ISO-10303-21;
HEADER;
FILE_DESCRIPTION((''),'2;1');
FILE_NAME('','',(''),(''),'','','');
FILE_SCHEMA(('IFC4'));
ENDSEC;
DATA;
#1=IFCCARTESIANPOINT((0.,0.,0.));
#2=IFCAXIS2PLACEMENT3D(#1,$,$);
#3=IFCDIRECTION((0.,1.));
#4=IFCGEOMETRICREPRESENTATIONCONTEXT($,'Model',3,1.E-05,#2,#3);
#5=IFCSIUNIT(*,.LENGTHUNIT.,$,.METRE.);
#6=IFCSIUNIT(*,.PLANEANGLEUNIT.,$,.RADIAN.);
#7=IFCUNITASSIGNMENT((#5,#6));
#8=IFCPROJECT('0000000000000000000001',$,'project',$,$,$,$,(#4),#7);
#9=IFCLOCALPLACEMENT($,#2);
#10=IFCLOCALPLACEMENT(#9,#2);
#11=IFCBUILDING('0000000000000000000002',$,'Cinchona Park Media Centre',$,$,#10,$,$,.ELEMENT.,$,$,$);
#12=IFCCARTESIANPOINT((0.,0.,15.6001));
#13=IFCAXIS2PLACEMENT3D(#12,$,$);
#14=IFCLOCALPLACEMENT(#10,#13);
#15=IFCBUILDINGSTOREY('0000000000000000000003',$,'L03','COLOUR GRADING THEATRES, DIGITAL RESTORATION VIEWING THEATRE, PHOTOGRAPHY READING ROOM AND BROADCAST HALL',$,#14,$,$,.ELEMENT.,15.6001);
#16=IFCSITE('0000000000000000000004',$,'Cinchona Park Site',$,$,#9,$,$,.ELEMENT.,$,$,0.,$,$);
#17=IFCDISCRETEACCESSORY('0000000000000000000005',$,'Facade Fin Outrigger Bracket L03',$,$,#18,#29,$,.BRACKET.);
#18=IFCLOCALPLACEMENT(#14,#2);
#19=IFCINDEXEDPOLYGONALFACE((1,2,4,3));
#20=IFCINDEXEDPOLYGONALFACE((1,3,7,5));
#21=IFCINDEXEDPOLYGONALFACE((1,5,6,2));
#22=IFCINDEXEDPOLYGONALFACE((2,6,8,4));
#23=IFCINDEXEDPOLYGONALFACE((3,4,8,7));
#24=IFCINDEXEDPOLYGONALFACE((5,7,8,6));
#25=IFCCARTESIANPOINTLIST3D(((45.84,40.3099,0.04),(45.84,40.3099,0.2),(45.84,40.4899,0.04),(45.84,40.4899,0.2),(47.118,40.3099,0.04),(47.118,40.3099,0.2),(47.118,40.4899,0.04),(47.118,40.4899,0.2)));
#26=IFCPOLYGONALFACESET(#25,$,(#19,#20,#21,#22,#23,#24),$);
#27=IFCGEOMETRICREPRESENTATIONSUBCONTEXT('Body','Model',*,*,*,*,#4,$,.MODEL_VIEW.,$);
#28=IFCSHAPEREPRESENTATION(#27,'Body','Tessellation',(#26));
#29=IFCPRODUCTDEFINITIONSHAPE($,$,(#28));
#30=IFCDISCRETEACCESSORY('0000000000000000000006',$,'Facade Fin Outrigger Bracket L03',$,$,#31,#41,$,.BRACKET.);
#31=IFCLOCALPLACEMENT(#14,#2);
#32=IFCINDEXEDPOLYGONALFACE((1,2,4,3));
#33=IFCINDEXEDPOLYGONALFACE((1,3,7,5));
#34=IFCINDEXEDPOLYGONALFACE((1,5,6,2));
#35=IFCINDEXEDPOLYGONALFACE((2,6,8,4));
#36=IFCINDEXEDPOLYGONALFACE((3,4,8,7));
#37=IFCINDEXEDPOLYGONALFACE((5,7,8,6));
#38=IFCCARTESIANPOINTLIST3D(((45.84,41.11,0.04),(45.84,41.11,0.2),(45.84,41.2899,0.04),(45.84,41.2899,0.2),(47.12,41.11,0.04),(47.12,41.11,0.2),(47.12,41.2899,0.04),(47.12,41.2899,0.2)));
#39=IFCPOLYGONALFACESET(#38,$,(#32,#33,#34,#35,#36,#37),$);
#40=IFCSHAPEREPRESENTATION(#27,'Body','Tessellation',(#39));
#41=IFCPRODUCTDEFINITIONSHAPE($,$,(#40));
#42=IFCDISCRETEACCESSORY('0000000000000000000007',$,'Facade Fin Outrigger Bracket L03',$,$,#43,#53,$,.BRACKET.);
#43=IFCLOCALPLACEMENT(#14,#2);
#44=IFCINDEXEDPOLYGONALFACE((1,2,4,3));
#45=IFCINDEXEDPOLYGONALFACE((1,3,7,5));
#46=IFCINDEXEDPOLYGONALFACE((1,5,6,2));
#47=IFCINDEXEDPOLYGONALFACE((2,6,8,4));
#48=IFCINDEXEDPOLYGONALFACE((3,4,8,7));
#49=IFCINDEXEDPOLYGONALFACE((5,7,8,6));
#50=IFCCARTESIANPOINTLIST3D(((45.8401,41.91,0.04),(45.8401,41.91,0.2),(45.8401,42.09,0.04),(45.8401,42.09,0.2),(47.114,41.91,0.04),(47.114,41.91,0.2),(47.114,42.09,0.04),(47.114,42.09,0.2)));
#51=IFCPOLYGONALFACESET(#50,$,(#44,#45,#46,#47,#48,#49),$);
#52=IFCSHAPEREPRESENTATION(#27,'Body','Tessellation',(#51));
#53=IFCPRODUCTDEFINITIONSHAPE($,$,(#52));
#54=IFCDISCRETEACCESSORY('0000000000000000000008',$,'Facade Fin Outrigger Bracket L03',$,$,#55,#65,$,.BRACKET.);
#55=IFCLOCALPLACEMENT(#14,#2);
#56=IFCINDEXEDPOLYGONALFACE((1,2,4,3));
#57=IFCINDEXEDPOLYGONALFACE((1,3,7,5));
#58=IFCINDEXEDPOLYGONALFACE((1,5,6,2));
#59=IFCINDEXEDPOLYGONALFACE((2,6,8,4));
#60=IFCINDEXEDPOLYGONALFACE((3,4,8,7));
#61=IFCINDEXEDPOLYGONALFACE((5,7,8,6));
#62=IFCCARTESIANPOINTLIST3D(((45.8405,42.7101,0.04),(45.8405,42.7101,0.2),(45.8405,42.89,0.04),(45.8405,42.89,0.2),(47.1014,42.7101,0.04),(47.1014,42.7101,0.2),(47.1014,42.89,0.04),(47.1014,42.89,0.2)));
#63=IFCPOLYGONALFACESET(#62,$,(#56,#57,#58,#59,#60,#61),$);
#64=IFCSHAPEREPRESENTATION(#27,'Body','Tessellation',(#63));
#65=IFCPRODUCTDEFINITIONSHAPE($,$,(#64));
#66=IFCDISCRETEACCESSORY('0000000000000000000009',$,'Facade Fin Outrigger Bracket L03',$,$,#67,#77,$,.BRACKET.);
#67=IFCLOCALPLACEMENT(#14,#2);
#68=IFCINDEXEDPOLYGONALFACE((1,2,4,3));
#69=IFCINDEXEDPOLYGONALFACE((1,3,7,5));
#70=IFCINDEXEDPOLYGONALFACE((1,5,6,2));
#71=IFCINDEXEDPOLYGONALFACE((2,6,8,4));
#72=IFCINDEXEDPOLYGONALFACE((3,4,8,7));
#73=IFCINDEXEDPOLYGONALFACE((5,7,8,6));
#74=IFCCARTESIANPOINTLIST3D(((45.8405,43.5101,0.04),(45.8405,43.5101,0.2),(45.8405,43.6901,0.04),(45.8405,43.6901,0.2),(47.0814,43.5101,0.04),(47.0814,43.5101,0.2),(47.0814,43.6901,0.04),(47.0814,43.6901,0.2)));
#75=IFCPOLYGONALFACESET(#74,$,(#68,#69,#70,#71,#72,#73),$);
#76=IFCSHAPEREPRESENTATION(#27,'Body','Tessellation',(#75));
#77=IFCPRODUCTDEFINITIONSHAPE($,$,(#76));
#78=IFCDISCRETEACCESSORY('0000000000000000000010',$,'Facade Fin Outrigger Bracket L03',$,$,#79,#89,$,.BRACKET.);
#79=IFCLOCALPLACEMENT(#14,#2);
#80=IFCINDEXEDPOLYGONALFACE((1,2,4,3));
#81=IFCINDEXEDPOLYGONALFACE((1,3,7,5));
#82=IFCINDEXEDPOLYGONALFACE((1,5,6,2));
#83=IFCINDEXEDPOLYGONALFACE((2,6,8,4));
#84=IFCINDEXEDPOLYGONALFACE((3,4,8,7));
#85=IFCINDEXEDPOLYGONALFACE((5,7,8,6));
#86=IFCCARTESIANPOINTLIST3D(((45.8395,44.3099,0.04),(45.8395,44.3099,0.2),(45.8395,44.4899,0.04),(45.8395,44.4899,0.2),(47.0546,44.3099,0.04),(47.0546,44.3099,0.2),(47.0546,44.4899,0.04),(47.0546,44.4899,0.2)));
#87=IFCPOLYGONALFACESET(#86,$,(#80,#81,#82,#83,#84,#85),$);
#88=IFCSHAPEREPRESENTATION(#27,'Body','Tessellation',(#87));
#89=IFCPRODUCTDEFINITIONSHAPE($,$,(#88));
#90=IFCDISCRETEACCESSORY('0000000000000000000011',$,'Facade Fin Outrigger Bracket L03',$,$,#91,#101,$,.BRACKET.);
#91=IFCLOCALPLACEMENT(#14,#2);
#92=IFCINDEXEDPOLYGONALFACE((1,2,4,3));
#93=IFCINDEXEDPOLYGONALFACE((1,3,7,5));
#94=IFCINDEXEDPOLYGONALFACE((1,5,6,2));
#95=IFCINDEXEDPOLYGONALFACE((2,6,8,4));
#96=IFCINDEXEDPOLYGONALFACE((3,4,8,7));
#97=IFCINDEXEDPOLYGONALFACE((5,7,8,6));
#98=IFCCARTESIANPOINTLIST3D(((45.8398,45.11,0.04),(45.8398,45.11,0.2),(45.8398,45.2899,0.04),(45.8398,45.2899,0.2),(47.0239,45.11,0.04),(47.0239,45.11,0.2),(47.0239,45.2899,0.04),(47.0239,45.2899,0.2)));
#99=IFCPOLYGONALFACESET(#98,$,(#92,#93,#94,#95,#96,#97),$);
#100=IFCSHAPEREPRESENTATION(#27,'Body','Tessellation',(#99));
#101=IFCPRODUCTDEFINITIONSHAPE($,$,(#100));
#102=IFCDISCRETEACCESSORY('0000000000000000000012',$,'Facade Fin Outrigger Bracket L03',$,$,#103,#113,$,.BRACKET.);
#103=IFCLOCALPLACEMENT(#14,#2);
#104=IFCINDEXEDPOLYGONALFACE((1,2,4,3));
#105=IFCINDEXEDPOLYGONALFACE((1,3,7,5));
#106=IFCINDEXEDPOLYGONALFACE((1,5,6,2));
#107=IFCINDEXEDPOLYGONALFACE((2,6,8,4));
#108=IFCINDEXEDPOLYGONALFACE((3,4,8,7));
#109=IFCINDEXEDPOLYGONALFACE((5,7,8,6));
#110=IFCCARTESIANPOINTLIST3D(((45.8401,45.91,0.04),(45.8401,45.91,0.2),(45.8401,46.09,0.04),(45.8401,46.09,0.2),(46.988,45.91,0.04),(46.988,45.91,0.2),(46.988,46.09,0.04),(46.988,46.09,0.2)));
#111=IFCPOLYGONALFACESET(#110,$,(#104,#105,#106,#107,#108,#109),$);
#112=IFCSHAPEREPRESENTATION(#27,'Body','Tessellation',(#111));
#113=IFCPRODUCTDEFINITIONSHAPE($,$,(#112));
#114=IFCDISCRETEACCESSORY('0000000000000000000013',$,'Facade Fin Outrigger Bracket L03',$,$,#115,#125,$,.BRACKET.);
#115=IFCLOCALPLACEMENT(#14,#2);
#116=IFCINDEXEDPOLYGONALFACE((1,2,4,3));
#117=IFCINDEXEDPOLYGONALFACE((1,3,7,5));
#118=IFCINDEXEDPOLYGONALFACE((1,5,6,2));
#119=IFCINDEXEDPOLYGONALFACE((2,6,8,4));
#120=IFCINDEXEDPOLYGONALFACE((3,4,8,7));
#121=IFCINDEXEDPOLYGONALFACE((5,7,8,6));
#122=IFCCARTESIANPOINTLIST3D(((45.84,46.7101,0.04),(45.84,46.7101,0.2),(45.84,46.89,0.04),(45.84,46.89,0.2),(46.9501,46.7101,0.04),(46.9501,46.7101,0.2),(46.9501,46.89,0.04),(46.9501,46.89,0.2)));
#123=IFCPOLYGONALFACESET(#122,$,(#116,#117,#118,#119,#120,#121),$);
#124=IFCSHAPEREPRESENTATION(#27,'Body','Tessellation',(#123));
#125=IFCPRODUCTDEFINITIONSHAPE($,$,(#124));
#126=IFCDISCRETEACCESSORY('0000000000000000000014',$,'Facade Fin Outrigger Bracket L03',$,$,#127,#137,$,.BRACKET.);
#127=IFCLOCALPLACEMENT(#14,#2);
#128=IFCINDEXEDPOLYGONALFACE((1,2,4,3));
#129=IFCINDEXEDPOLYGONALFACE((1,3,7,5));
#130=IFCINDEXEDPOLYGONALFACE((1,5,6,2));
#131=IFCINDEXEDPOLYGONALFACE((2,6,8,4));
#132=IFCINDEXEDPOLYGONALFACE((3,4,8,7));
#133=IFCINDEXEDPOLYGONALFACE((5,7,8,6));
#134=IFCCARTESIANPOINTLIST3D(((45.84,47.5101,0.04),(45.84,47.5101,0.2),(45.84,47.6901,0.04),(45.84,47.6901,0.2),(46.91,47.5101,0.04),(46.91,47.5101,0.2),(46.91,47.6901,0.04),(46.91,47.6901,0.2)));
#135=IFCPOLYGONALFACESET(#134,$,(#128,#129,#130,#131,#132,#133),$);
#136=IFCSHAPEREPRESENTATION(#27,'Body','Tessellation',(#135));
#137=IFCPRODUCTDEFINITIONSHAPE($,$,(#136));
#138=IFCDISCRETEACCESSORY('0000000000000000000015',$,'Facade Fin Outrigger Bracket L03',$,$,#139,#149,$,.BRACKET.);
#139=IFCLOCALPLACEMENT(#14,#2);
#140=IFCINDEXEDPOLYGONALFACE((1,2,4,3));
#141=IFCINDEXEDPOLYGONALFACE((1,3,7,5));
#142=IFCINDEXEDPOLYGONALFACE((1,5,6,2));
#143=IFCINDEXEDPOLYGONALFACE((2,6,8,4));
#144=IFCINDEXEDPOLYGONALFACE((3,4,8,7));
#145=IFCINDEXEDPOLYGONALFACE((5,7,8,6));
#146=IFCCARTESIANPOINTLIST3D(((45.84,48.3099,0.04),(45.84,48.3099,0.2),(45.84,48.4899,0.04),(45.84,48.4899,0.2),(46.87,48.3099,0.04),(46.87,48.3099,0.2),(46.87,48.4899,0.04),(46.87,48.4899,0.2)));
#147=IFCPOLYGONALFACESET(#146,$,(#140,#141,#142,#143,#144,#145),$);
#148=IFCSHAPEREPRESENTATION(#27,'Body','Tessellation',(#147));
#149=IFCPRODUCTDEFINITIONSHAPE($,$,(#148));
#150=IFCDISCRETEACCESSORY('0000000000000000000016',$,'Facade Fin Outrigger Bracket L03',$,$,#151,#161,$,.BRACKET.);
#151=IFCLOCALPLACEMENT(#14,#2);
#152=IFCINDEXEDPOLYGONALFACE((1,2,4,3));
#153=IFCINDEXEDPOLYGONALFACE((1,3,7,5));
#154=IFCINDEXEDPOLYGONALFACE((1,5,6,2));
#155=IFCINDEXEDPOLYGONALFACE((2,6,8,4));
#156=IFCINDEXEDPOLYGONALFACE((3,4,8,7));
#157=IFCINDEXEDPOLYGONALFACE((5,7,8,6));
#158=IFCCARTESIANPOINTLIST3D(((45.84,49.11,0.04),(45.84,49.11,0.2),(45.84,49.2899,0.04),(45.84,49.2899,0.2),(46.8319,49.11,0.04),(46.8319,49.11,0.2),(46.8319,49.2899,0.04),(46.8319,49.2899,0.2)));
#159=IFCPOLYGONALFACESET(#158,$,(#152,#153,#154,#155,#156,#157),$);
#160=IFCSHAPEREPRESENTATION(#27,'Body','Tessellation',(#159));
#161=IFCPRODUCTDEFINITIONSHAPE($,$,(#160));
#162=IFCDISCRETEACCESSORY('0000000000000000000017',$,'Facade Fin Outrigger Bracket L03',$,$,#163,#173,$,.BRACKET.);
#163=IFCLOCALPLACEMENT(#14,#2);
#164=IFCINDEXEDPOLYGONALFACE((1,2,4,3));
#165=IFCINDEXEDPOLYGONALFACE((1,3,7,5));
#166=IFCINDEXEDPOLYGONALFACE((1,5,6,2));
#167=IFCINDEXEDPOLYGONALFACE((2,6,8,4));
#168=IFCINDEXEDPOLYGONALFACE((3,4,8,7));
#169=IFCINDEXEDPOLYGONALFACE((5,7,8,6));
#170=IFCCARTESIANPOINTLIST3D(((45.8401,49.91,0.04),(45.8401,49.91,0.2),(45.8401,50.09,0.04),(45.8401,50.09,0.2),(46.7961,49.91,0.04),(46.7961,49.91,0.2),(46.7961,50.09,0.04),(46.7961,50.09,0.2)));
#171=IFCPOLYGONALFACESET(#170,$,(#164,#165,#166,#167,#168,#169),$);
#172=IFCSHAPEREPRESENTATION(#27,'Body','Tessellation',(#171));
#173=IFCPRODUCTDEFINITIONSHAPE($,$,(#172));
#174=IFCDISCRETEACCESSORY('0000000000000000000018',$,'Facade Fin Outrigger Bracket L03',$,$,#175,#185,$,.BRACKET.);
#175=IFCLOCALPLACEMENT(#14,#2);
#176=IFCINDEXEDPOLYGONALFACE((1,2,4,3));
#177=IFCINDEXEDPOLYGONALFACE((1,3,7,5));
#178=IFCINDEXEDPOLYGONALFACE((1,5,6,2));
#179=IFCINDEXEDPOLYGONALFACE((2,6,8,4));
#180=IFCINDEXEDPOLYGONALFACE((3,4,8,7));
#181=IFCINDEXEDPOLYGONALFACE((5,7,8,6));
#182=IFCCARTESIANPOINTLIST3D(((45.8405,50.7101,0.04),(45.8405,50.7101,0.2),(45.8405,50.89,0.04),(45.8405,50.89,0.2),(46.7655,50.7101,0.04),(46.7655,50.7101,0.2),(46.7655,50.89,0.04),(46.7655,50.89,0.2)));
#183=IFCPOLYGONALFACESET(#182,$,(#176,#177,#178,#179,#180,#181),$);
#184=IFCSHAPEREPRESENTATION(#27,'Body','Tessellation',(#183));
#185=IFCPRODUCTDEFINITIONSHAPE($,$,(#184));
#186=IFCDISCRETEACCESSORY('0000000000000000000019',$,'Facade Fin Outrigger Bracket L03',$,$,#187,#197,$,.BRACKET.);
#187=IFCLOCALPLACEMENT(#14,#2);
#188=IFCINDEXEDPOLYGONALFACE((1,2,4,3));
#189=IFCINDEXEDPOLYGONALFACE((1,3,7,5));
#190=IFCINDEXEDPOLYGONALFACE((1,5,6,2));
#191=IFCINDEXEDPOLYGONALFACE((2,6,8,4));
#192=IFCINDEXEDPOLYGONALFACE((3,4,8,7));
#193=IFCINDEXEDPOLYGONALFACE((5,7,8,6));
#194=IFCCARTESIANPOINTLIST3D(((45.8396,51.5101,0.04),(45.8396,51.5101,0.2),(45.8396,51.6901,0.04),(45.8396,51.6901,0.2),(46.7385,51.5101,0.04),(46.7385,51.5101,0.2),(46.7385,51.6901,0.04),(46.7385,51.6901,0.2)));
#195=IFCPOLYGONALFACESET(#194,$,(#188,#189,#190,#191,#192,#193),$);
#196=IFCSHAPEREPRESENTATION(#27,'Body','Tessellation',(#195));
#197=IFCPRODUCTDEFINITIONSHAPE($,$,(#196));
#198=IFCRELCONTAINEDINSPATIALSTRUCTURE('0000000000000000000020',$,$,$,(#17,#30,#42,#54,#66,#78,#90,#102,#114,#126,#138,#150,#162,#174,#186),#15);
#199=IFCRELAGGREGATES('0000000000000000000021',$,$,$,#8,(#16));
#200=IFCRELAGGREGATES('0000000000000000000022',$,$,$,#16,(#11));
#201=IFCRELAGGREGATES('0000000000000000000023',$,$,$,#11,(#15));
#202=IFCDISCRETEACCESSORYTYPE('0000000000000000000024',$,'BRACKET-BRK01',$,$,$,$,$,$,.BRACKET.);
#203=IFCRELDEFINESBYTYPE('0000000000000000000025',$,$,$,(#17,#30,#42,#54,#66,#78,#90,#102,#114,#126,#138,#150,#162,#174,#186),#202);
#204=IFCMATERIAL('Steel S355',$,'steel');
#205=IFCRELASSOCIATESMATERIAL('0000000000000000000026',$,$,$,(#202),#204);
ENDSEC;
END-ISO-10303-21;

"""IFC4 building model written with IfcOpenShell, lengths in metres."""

from ifc_helpers import new_model, si_unit, direction, frame, origin, origin_2d, place, context, subcontext, project, spatial, rectangle, extrude, material, type_object, element, save


model = new_model("IFC4")

# Units and contexts
model_context = context("Model", 3, precision=1e-05, world=origin(), true_north=direction((0.0, 1.0)))
body_context = subcontext(model_context, "Body", "Model", "MODEL_VIEW")
ifc_project = project(units=[si_unit("LENGTHUNIT", "METRE"), si_unit("PLANEANGLEUNIT", "RADIAN")], contexts=[model_context])

# Site, building, storey
site_placement = place(None, origin())
site = spatial("IfcSite", under=ifc_project, at=site_placement, Name="Cinchona Park Site", CompositionType="ELEMENT", RefElevation=0.0)
building_placement = place(site_placement, origin())
building = spatial("IfcBuilding", under=site, at=building_placement, Name="Cinchona Park Media Centre", CompositionType="ELEMENT")
storey_placement = place(building_placement, frame((0.0, 0.0, 15.6001)))
storey = spatial("IfcBuildingStorey", under=building, at=storey_placement, Name="L03", Description="COLOUR GRADING THEATRES, DIGITAL RESTORATION VIEWING THEATRE, PHOTOGRAPHY READING ROOM AND BROADCAST HALL", CompositionType="ELEMENT", Elevation=15.6001)

# Discrete accessories
ifc_material_1 = material(Name="Steel S355", Category="steel")
discrete_accessory_type = type_object("IfcDiscreteAccessoryType", Name="BRACKET-BRK01", PredefinedType="BRACKET", material=ifc_material_1)
discrete_accessory_1_placement = place(storey_placement, frame((46.479, 40.3999, 0.04), z_axis=(0.0, 0.0, 1.0), x_axis=(0.0, 1.0, 0.0)))
element("IfcDiscreteAccessory", 1, at=discrete_accessory_1_placement, inside=storey, type_object=discrete_accessory_type, Name="Facade Fin Outrigger Bracket L03", PredefinedType="BRACKET", context=body_context, shape_type="SweptSolid", body=[
    extrude(rectangle(XDim=0.1799, YDim=1.2781, at=origin_2d()), origin(), (0.0, 0.0, 1.0), 0.1599),
])
discrete_accessory_2_placement = place(storey_placement, frame((46.48, 41.2, 0.04), z_axis=(0.0, 0.0, 1.0), x_axis=(0.0, 1.0, 0.0)))
element("IfcDiscreteAccessory", 2, at=discrete_accessory_2_placement, inside=storey, type_object=discrete_accessory_type, Name="Facade Fin Outrigger Bracket L03", PredefinedType="BRACKET", context=body_context, shape_type="SweptSolid", body=[
    extrude(rectangle(XDim=0.1799, YDim=1.28, at=origin_2d()), origin(), (0.0, 0.0, 1.0), 0.1599),
])
discrete_accessory_3_placement = place(storey_placement, frame((46.4771, 42.0, 0.04), z_axis=(0.0, 0.0, 1.0), x_axis=(0.0, 1.0, 0.0)))
element("IfcDiscreteAccessory", 3, at=discrete_accessory_3_placement, inside=storey, type_object=discrete_accessory_type, Name="Facade Fin Outrigger Bracket L03", PredefinedType="BRACKET", context=body_context, shape_type="SweptSolid", body=[
    extrude(rectangle(XDim=0.1799, YDim=1.2739, at=origin_2d()), origin(), (0.0, 0.0, 1.0), 0.1599),
])
discrete_accessory_4_placement = place(storey_placement, frame((46.4709, 42.8, 0.04), z_axis=(0.0, 0.0, 1.0), x_axis=(0.0, 1.0, 0.0)))
element("IfcDiscreteAccessory", 4, at=discrete_accessory_4_placement, inside=storey, type_object=discrete_accessory_type, Name="Facade Fin Outrigger Bracket L03", PredefinedType="BRACKET", context=body_context, shape_type="SweptSolid", body=[
    extrude(rectangle(XDim=0.1799, YDim=1.261, at=origin_2d()), origin(), (0.0, 0.0, 1.0), 0.1599),
])
discrete_accessory_5_placement = place(storey_placement, frame((46.4609, 43.6001, 0.04), z_axis=(0.0, 0.0, 1.0), x_axis=(0.0, 1.0, 0.0)))
element("IfcDiscreteAccessory", 5, at=discrete_accessory_5_placement, inside=storey, type_object=discrete_accessory_type, Name="Facade Fin Outrigger Bracket L03", PredefinedType="BRACKET", context=body_context, shape_type="SweptSolid", body=[
    extrude(rectangle(XDim=0.1799, YDim=1.241, at=origin_2d()), origin(), (0.0, 0.0, 1.0), 0.1599),
])
discrete_accessory_6_placement = place(storey_placement, frame((46.447, 44.3999, 0.04), z_axis=(0.0, 0.0, 1.0), x_axis=(0.0, 1.0, 0.0)))
element("IfcDiscreteAccessory", 6, at=discrete_accessory_6_placement, inside=storey, type_object=discrete_accessory_type, Name="Facade Fin Outrigger Bracket L03", PredefinedType="BRACKET", context=body_context, shape_type="SweptSolid", body=[
    extrude(rectangle(XDim=0.1799, YDim=1.2151, at=origin_2d()), origin(), (0.0, 0.0, 1.0), 0.1599),
])
discrete_accessory_7_placement = place(storey_placement, frame((46.4319, 45.2, 0.04), z_axis=(0.0, 0.0, 1.0), x_axis=(0.0, 1.0, 0.0)))
element("IfcDiscreteAccessory", 7, at=discrete_accessory_7_placement, inside=storey, type_object=discrete_accessory_type, Name="Facade Fin Outrigger Bracket L03", PredefinedType="BRACKET", context=body_context, shape_type="SweptSolid", body=[
    extrude(rectangle(XDim=0.1799, YDim=1.1841, at=origin_2d()), origin(), (0.0, 0.0, 1.0), 0.1599),
])
discrete_accessory_8_placement = place(storey_placement, frame((46.4141, 46.0, 0.04), z_axis=(0.0, 0.0, 1.0), x_axis=(0.0, 1.0, 0.0)))
element("IfcDiscreteAccessory", 8, at=discrete_accessory_8_placement, inside=storey, type_object=discrete_accessory_type, Name="Facade Fin Outrigger Bracket L03", PredefinedType="BRACKET", context=body_context, shape_type="SweptSolid", body=[
    extrude(rectangle(XDim=0.1799, YDim=1.1479, at=origin_2d()), origin(), (0.0, 0.0, 1.0), 0.1599),
])
discrete_accessory_9_placement = place(storey_placement, frame((46.395, 46.8, 0.04), z_axis=(0.0, 0.0, 1.0), x_axis=(0.0, 1.0, 0.0)))
element("IfcDiscreteAccessory", 9, at=discrete_accessory_9_placement, inside=storey, type_object=discrete_accessory_type, Name="Facade Fin Outrigger Bracket L03", PredefinedType="BRACKET", context=body_context, shape_type="SweptSolid", body=[
    extrude(rectangle(XDim=0.1799, YDim=1.1101, at=origin_2d()), origin(), (0.0, 0.0, 1.0), 0.1599),
])
discrete_accessory_10_placement = place(storey_placement, frame((46.375, 47.6001, 0.04), z_axis=(0.0, 0.0, 1.0), x_axis=(0.0, 1.0, 0.0)))
element("IfcDiscreteAccessory", 10, at=discrete_accessory_10_placement, inside=storey, type_object=discrete_accessory_type, Name="Facade Fin Outrigger Bracket L03", PredefinedType="BRACKET", context=body_context, shape_type="SweptSolid", body=[
    extrude(rectangle(XDim=0.1799, YDim=1.0701, at=origin_2d()), origin(), (0.0, 0.0, 1.0), 0.1599),
])
discrete_accessory_11_placement = place(storey_placement, frame((46.355, 48.3999, 0.04), z_axis=(0.0, 0.0, 1.0), x_axis=(0.0, 1.0, 0.0)))
element("IfcDiscreteAccessory", 11, at=discrete_accessory_11_placement, inside=storey, type_object=discrete_accessory_type, Name="Facade Fin Outrigger Bracket L03", PredefinedType="BRACKET", context=body_context, shape_type="SweptSolid", body=[
    extrude(rectangle(XDim=0.1799, YDim=1.03, at=origin_2d()), origin(), (0.0, 0.0, 1.0), 0.1599),
])
discrete_accessory_12_placement = place(storey_placement, frame((46.3359, 49.2, 0.04), z_axis=(0.0, 0.0, 1.0), x_axis=(0.0, 1.0, 0.0)))
element("IfcDiscreteAccessory", 12, at=discrete_accessory_12_placement, inside=storey, type_object=discrete_accessory_type, Name="Facade Fin Outrigger Bracket L03", PredefinedType="BRACKET", context=body_context, shape_type="SweptSolid", body=[
    extrude(rectangle(XDim=0.1799, YDim=0.9919, at=origin_2d()), origin(), (0.0, 0.0, 1.0), 0.1599),
])
discrete_accessory_13_placement = place(storey_placement, frame((46.3181, 50.0, 0.04), z_axis=(0.0, 0.0, 1.0), x_axis=(0.0, 1.0, 0.0)))
element("IfcDiscreteAccessory", 13, at=discrete_accessory_13_placement, inside=storey, type_object=discrete_accessory_type, Name="Facade Fin Outrigger Bracket L03", PredefinedType="BRACKET", context=body_context, shape_type="SweptSolid", body=[
    extrude(rectangle(XDim=0.1799, YDim=0.9561, at=origin_2d()), origin(), (0.0, 0.0, 1.0), 0.1599),
])
discrete_accessory_14_placement = place(storey_placement, frame((46.303, 50.8, 0.04), z_axis=(0.0, 0.0, 1.0), x_axis=(0.0, 1.0, 0.0)))
element("IfcDiscreteAccessory", 14, at=discrete_accessory_14_placement, inside=storey, type_object=discrete_accessory_type, Name="Facade Fin Outrigger Bracket L03", PredefinedType="BRACKET", context=body_context, shape_type="SweptSolid", body=[
    extrude(rectangle(XDim=0.1799, YDim=0.925, at=origin_2d()), origin(), (0.0, 0.0, 1.0), 0.1599),
])
discrete_accessory_15_placement = place(storey_placement, frame((46.2891, 51.6001, 0.04), z_axis=(0.0, 0.0, 1.0), x_axis=(0.0, 1.0, 0.0)))
element("IfcDiscreteAccessory", 15, at=discrete_accessory_15_placement, inside=storey, type_object=discrete_accessory_type, Name="Facade Fin Outrigger Bracket L03", PredefinedType="BRACKET", context=body_context, shape_type="SweptSolid", body=[
    extrude(rectangle(XDim=0.1799, YDim=0.8989, at=origin_2d()), origin(), (0.0, 0.0, 1.0), 0.1599),
])

save(model, "model.ifc")
